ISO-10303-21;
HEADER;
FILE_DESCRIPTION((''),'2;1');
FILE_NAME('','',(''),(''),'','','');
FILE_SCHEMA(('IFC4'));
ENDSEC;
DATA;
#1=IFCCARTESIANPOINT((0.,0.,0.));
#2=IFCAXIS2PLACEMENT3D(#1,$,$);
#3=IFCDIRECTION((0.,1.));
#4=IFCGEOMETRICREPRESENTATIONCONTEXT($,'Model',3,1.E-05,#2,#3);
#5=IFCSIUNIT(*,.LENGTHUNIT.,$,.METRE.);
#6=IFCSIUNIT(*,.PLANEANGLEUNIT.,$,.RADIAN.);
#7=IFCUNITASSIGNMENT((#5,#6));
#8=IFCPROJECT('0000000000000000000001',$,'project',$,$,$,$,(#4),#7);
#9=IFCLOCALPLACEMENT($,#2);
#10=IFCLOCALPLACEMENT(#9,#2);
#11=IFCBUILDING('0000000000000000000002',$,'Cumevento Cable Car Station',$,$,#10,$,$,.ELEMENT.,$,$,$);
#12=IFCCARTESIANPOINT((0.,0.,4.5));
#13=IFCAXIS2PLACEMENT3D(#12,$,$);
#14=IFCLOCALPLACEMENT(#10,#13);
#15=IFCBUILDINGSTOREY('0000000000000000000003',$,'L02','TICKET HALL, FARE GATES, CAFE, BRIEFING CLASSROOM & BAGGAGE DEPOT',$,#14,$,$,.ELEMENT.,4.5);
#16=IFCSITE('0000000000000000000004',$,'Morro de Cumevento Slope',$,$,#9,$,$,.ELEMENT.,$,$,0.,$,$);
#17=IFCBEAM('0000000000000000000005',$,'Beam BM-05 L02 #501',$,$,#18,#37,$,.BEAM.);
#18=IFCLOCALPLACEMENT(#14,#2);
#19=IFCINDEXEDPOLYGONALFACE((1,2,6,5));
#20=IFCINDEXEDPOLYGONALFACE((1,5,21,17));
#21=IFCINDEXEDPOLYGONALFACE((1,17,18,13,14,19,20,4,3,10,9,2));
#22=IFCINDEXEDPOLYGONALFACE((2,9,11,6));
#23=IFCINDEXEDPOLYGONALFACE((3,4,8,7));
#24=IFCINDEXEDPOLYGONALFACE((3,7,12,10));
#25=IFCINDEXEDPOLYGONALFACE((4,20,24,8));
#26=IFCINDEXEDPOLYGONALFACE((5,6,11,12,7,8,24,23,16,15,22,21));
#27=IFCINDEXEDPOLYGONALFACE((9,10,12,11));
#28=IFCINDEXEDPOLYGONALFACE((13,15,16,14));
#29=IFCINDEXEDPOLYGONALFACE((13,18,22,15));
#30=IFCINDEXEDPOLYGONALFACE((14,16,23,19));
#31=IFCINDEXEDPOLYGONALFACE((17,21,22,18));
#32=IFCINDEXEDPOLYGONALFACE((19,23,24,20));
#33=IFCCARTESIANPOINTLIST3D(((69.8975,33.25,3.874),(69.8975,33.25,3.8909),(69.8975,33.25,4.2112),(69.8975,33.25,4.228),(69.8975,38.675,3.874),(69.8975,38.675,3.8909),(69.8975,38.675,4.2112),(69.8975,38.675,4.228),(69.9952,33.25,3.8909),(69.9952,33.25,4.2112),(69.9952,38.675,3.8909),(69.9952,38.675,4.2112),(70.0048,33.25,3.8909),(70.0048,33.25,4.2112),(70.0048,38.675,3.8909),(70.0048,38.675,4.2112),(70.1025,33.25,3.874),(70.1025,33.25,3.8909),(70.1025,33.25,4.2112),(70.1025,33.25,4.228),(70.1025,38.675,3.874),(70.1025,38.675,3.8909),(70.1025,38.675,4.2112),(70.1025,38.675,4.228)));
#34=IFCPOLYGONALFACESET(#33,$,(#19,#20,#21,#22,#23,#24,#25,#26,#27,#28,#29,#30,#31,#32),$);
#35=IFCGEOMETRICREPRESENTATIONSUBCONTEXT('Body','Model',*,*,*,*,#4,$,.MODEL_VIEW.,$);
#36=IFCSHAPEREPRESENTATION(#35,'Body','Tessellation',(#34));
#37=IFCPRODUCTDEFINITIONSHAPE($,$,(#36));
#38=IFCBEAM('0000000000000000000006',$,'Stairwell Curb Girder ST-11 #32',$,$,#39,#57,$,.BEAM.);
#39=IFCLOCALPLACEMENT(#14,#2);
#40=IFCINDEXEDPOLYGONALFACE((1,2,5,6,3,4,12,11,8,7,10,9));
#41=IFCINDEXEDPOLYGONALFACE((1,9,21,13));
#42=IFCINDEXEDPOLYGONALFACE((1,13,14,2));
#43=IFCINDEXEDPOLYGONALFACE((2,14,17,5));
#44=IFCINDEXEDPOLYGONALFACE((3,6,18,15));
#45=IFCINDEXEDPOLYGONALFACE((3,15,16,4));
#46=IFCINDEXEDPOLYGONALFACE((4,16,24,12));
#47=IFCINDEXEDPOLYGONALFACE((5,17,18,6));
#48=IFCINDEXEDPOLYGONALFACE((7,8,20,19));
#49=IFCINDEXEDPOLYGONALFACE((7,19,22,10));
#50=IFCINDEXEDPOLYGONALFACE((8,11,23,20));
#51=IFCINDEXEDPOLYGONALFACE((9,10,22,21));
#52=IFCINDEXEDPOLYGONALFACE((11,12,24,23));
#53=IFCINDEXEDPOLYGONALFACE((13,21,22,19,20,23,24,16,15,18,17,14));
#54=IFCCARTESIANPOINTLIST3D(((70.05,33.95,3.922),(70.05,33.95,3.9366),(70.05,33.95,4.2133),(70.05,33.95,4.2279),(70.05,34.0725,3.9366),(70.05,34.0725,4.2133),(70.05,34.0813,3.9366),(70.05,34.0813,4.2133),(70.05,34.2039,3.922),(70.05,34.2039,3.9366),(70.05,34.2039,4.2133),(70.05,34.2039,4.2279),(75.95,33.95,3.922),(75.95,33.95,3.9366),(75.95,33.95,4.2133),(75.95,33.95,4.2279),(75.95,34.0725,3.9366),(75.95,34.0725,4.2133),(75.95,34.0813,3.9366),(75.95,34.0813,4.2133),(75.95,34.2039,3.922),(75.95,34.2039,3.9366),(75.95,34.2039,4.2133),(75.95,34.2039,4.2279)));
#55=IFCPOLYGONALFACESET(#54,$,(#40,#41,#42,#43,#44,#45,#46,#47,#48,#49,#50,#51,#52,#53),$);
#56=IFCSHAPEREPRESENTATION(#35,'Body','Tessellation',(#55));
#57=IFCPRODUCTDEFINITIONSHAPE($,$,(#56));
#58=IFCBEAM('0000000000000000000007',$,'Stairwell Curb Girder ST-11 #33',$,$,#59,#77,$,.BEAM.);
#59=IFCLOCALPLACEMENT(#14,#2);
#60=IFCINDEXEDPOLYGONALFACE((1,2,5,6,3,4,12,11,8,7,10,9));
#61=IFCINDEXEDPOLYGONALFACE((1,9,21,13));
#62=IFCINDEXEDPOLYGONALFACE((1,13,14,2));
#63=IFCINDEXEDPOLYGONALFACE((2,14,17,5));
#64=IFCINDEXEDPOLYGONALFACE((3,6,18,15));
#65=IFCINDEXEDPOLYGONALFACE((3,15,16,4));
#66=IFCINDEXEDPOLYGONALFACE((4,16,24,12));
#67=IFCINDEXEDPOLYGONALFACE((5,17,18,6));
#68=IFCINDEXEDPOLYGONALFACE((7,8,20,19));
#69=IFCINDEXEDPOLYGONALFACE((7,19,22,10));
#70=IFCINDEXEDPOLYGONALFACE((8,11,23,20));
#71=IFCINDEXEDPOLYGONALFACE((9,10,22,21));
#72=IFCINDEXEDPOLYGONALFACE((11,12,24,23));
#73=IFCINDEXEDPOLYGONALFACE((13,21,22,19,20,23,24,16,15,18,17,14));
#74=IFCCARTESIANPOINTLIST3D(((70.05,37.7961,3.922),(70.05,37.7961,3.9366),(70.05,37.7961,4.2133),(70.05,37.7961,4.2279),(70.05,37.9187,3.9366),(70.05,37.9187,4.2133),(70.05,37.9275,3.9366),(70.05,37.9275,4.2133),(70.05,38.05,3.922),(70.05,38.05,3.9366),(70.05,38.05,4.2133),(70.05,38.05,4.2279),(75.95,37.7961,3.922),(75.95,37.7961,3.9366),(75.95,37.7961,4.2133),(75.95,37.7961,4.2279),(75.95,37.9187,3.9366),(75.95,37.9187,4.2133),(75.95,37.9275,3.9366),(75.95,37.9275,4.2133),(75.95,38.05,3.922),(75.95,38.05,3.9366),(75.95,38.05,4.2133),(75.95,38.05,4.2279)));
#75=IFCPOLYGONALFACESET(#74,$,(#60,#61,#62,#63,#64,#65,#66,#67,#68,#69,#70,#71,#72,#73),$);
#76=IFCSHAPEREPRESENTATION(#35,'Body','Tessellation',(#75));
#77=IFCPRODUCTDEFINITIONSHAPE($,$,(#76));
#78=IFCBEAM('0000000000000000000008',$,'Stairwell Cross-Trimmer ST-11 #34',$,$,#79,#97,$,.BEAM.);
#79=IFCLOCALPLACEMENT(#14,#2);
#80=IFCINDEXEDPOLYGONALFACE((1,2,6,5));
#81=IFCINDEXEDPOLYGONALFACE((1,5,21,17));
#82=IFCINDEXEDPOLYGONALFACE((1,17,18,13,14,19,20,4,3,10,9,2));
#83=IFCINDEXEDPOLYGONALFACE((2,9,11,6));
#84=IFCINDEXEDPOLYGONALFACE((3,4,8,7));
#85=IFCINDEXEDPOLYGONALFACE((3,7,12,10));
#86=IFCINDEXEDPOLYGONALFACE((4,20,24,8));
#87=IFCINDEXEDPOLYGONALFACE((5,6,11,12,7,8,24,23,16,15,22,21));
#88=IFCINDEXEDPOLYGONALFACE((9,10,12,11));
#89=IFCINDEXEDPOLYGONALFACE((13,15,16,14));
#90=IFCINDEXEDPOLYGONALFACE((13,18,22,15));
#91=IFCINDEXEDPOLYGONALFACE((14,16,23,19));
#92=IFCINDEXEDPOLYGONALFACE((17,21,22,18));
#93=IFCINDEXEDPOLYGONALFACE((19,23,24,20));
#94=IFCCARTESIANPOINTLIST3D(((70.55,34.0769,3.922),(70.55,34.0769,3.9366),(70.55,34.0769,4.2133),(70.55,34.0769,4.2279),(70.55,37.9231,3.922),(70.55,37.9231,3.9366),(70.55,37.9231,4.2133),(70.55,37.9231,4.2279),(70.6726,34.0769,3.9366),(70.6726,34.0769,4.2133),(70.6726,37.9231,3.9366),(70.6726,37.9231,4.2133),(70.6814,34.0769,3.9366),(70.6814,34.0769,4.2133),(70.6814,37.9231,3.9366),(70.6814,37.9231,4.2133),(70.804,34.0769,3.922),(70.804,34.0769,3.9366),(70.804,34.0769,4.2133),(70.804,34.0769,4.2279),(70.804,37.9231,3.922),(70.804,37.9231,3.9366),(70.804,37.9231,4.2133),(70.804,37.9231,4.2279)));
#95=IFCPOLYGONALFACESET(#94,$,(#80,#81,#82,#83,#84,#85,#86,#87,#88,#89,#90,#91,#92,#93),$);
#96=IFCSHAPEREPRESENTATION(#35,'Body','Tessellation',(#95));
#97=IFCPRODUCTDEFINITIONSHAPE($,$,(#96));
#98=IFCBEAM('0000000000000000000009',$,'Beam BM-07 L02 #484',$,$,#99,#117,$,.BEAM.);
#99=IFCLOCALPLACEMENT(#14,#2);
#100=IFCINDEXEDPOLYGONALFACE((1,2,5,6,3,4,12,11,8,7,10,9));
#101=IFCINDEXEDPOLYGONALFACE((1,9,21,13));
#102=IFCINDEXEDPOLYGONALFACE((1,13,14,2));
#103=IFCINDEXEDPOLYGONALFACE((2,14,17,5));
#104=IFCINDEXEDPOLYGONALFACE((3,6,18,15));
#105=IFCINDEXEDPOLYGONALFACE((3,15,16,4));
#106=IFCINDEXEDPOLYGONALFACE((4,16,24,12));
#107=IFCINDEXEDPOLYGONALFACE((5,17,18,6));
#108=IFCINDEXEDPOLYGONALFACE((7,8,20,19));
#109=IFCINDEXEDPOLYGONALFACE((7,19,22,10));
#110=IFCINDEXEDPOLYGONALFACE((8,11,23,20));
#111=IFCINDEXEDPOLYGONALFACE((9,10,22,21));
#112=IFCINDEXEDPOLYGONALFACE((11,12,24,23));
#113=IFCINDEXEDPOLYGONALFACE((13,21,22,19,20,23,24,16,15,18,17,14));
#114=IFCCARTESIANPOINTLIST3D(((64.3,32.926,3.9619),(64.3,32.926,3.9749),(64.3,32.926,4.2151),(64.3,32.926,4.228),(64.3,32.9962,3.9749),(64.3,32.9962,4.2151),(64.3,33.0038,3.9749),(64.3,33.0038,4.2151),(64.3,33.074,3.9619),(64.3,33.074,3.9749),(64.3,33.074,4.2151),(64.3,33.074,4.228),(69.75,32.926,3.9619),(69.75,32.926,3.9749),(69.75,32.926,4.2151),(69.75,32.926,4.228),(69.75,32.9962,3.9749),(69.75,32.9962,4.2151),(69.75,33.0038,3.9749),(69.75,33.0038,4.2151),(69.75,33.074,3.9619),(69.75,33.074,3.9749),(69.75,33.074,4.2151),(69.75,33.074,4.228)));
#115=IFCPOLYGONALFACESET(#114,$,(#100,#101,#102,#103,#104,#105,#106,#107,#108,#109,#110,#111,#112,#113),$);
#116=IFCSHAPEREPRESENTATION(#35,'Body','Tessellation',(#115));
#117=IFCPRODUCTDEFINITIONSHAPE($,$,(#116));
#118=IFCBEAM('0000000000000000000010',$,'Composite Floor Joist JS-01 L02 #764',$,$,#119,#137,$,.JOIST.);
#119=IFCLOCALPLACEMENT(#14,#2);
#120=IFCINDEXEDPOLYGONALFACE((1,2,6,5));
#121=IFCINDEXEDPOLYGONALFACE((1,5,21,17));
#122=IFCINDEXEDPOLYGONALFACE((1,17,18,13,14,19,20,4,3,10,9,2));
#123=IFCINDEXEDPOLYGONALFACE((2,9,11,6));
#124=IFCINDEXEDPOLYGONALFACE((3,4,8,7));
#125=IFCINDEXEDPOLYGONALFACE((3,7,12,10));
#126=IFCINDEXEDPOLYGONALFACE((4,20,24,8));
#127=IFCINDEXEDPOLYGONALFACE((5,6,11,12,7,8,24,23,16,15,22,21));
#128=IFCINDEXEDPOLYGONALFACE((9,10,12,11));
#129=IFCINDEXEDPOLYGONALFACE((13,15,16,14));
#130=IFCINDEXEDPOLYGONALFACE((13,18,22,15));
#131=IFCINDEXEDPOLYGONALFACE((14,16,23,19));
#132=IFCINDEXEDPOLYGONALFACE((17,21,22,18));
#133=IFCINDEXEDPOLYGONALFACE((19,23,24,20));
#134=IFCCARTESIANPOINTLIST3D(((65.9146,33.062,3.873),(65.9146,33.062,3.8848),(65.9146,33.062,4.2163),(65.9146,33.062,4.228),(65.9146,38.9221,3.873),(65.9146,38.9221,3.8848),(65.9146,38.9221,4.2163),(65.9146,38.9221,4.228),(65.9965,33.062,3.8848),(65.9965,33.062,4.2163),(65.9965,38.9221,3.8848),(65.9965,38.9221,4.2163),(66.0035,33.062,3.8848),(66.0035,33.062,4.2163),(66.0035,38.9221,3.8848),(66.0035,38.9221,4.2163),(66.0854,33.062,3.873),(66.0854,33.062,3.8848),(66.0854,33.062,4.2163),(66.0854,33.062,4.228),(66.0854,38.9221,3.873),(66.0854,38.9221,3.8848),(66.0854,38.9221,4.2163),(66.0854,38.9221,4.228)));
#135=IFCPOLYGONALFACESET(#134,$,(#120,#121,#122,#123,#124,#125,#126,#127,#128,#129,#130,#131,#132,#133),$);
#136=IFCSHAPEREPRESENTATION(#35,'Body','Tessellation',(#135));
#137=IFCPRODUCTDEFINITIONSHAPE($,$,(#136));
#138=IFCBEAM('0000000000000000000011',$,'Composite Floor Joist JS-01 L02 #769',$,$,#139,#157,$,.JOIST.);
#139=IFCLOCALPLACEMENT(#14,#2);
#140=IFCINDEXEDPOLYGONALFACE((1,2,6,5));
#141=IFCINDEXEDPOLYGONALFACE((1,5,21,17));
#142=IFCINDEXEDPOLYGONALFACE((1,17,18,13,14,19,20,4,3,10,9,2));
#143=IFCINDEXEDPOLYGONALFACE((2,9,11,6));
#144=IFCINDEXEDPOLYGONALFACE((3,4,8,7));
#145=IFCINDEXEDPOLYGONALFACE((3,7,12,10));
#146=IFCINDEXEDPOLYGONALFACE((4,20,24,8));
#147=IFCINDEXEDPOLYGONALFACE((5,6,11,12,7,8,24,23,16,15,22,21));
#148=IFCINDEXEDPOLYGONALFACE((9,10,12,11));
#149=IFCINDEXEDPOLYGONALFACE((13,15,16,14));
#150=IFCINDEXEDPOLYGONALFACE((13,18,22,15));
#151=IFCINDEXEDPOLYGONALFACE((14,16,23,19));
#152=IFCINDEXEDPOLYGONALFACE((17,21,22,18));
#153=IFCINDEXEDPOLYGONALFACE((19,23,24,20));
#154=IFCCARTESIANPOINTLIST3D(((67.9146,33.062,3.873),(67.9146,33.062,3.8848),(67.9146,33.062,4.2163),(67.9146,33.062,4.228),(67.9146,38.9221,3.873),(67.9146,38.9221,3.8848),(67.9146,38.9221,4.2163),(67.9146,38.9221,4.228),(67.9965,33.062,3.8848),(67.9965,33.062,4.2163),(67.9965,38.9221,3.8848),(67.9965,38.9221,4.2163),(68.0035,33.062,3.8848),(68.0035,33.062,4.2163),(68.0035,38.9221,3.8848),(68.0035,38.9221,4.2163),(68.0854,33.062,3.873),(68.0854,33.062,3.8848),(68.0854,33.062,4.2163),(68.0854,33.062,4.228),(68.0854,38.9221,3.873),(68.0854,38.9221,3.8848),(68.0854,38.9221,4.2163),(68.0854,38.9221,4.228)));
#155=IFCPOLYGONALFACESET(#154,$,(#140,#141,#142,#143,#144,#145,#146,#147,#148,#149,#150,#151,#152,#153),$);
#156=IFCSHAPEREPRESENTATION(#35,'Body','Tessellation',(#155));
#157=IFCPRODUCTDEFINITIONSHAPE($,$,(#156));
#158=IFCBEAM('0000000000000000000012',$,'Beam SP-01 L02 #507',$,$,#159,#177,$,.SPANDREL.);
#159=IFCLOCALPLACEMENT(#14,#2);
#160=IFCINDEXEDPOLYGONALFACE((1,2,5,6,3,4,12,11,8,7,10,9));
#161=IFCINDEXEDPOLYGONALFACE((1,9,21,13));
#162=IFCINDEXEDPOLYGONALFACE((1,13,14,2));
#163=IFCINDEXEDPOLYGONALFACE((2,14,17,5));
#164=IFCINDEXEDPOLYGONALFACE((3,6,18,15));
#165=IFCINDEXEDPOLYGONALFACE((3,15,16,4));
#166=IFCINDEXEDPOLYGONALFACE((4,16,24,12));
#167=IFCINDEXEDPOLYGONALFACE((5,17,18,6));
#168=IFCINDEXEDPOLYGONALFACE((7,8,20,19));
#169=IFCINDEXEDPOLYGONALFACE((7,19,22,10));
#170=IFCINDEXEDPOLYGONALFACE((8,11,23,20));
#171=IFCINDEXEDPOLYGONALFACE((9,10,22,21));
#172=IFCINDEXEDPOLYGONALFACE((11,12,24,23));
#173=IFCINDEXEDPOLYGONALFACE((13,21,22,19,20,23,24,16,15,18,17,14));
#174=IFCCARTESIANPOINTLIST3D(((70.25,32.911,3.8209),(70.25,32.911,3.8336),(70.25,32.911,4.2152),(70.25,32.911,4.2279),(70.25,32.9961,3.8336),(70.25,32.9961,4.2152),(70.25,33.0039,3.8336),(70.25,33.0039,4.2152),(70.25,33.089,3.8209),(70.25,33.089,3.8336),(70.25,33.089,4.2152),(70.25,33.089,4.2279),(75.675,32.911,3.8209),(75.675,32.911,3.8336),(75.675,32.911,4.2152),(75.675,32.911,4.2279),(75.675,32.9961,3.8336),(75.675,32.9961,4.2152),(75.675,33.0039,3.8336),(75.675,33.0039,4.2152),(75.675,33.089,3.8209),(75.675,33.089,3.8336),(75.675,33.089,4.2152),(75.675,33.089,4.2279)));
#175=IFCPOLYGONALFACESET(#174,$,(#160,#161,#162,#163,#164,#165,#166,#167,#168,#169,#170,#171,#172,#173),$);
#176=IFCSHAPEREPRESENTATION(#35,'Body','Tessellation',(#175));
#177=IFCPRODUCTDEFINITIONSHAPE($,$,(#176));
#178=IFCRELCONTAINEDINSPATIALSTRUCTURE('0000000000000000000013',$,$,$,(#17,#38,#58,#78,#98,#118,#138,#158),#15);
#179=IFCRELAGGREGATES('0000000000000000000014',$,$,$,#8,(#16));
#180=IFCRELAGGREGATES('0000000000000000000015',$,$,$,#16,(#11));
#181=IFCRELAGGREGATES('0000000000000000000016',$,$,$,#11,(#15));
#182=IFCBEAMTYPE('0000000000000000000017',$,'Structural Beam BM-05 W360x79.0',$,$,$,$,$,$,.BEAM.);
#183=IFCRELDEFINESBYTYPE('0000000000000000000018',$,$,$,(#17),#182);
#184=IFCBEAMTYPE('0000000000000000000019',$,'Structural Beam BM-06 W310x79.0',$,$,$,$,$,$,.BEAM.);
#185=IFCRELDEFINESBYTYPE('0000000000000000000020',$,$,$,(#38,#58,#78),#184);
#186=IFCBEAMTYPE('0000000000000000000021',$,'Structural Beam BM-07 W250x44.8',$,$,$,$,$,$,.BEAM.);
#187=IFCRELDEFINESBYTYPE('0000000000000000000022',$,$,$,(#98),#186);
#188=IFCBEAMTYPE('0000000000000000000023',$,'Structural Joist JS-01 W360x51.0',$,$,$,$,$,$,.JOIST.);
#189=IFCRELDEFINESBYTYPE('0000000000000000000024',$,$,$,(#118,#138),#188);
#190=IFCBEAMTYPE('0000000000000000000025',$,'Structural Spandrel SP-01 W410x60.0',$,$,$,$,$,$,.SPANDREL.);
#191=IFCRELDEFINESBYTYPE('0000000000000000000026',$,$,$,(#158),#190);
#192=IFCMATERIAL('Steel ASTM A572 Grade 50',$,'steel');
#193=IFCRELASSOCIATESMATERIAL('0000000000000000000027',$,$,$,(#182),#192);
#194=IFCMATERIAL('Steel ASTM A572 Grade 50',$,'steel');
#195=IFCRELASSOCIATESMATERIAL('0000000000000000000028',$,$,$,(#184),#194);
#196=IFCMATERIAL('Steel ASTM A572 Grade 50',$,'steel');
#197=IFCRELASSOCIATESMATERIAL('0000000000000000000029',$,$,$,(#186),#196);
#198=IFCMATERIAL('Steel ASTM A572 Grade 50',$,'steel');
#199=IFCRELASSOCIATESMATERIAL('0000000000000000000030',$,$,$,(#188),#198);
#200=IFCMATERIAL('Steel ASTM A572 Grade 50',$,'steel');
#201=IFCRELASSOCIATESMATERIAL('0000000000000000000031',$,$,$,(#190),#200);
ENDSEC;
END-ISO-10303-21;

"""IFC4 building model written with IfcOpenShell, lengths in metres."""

from ifc_helpers import new_model, si_unit, direction, frame, origin, origin_2d, place, context, subcontext, project, spatial, i_section, extrude, material, material_profile, profile_set, type_object, element, save


model = new_model("IFC4")

# Units and contexts
model_context = context("Model", 3, precision=1e-05, world=origin(), true_north=direction((0.0, 1.0)))
body_context = subcontext(model_context, "Body", "Model", "MODEL_VIEW")
ifc_project = project(units=[si_unit("LENGTHUNIT", "METRE"), si_unit("PLANEANGLEUNIT", "RADIAN")], contexts=[model_context])

# Site, building, storey
site_placement = place(None, origin())
site = spatial("IfcSite", under=ifc_project, at=site_placement, Name="Morro de Cumevento Slope", CompositionType="ELEMENT", RefElevation=0.0)
building_placement = place(site_placement, origin())
building = spatial("IfcBuilding", under=site, at=building_placement, Name="Cumevento Cable Car Station", CompositionType="ELEMENT")
storey_placement = place(building_placement, frame((0.0, 0.0, 4.5)))
storey = spatial("IfcBuildingStorey", under=building, at=storey_placement, Name="L02", Description="TICKET HALL, FARE GATES, CAFE, BRIEFING CLASSROOM & BAGGAGE DEPOT", CompositionType="ELEMENT", Elevation=4.5)

# Beams
ifc_material_1 = material(Name="Steel ASTM A572 Grade 50", Category="steel")
ifc_material_profile_1 = material_profile(ifc_material_1, i_section(OverallWidth=0.2051, OverallDepth=0.354, WebThickness=0.0095, FlangeThickness=0.0168, at=origin_2d()), Name="W360x79.0")
ifc_profile_set_1 = profile_set([ifc_material_profile_1], Name="Steel ASTM A572 Grade 50")
beam_type_1 = type_object("IfcBeamType", Name="Structural Beam BM-05 W360x79.0", PredefinedType="BEAM", material=ifc_profile_set_1)
beam_1_placement = place(storey_placement, frame((70.0, 33.25, 4.051), z_axis=(0.0, 1.0, 0.0), x_axis=(-1.0, 0.0, 0.0)))
element("IfcBeam", 1, at=beam_1_placement, inside=storey, type_object=beam_type_1, Name="Beam BM-05 L02 #501", PredefinedType="BEAM", context=body_context, shape_type="SweptSolid", body=[
    extrude(i_section(OverallWidth=0.2051, OverallDepth=0.354, WebThickness=0.0095, FlangeThickness=0.0168, at=origin_2d()), origin(), (0.0, 0.0, 1.0), 5.425),
])
ifc_material_2 = material(Name="Steel ASTM A572 Grade 50", Category="steel")
ifc_material_profile_2 = material_profile(ifc_material_2, i_section(OverallWidth=0.2539, OverallDepth=0.3059, WebThickness=0.0088, FlangeThickness=0.0146, at=origin_2d()), Name="W310x79.0")
ifc_profile_set_2 = profile_set([ifc_material_profile_2], Name="Steel ASTM A572 Grade 50")
beam_type_2 = type_object("IfcBeamType", Name="Structural Beam BM-06 W310x79.0", PredefinedType="BEAM", material=ifc_profile_set_2)
for number, where, z_axis, x_axis, name in (
    (2, (70.05, 34.0769, 4.075), (1.0, 0.0, 0.0), (0.0, 1.0, 0.0), "Stairwell Curb Girder ST-11 #32"),
    (3, (70.05, 37.9231, 4.075), (1.0, 0.0, 0.0), (0.0, 1.0, 0.0), "Stairwell Curb Girder ST-11 #33"),
):
    element("IfcBeam", number, at=place(storey_placement, frame(where, z_axis=z_axis, x_axis=x_axis)), inside=storey, type_object=beam_type_2, Name=name, PredefinedType="BEAM", context=body_context, shape_type="SweptSolid", body=[
        extrude(i_section(OverallWidth=0.2539, OverallDepth=0.3059, WebThickness=0.0088, FlangeThickness=0.0146, at=origin_2d()), origin(), (0.0, 0.0, 1.0), 5.8999),
    ])
beam_2_placement = place(storey_placement, frame((70.677, 34.0769, 4.075), z_axis=(0.0, 1.0, 0.0), x_axis=(-1.0, 0.0, 0.0)))
element("IfcBeam", 4, at=beam_2_placement, inside=storey, type_object=beam_type_2, Name="Stairwell Cross-Trimmer ST-11 #34", PredefinedType="BEAM", context=body_context, shape_type="SweptSolid", body=[
    extrude(i_section(OverallWidth=0.2539, OverallDepth=0.3059, WebThickness=0.0088, FlangeThickness=0.0146, at=origin_2d()), origin(), (0.0, 0.0, 1.0), 3.8462),
])
ifc_material_3 = material(Name="Steel ASTM A572 Grade 50", Category="steel")
ifc_material_profile_3 = material_profile(ifc_material_3, i_section(OverallWidth=0.1479, OverallDepth=0.2661, WebThickness=0.0076, FlangeThickness=0.0129, at=origin_2d()), Name="W250x44.8")
ifc_profile_set_3 = profile_set([ifc_material_profile_3], Name="Steel ASTM A572 Grade 50")
beam_type_3 = type_object("IfcBeamType", Name="Structural Beam BM-07 W250x44.8", PredefinedType="BEAM", material=ifc_profile_set_3)
beam_3_placement = place(storey_placement, frame((64.3, 33.0, 4.095), z_axis=(1.0, 0.0, 0.0), x_axis=(0.0, 1.0, 0.0)))
element("IfcBeam", 5, at=beam_3_placement, inside=storey, type_object=beam_type_3, Name="Beam BM-07 L02 #484", PredefinedType="BEAM", context=body_context, shape_type="SweptSolid", body=[
    extrude(i_section(OverallWidth=0.1479, OverallDepth=0.2661, WebThickness=0.0076, FlangeThickness=0.0129, at=origin_2d()), origin(), (0.0, 0.0, 1.0), 5.45),
])
ifc_material_4 = material(Name="Steel ASTM A572 Grade 50", Category="steel")
ifc_material_profile_4 = material_profile(ifc_material_4, i_section(OverallWidth=0.1709, OverallDepth=0.355, WebThickness=0.0071, FlangeThickness=0.0117, at=origin_2d()), Name="W360x51.0")
ifc_profile_set_4 = profile_set([ifc_material_profile_4], Name="Steel ASTM A572 Grade 50")
beam_type_4 = type_object("IfcBeamType", Name="Structural Joist JS-01 W360x51.0", PredefinedType="JOIST", material=ifc_profile_set_4)
for number, where, z_axis, x_axis, name in (
    (6, (66.0, 33.062, 4.0505), (0.0, 1.0, 0.0), (-1.0, 0.0, 0.0), "Composite Floor Joist JS-01 L02 #764"),
    (7, (68.0, 33.062, 4.0505), (0.0, 1.0, 0.0), (-1.0, 0.0, 0.0), "Composite Floor Joist JS-01 L02 #769"),
):
    element("IfcBeam", number, at=place(storey_placement, frame(where, z_axis=z_axis, x_axis=x_axis)), inside=storey, type_object=beam_type_4, Name=name, PredefinedType="JOIST", context=body_context, shape_type="SweptSolid", body=[
        extrude(i_section(OverallWidth=0.1709, OverallDepth=0.355, WebThickness=0.0071, FlangeThickness=0.0117, at=origin_2d()), origin(), (0.0, 0.0, 1.0), 5.8601),
    ])
ifc_material_5 = material(Name="Steel ASTM A572 Grade 50", Category="steel")
ifc_material_profile_5 = material_profile(ifc_material_5, i_section(OverallWidth=0.178, OverallDepth=0.407, WebThickness=0.0078, FlangeThickness=0.0127, at=origin_2d()), Name="W410x60.0")
ifc_profile_set_5 = profile_set([ifc_material_profile_5], Name="Steel ASTM A572 Grade 50")
beam_type_5 = type_object("IfcBeamType", Name="Structural Spandrel SP-01 W410x60.0", PredefinedType="SPANDREL", material=ifc_profile_set_5)
beam_4_placement = place(storey_placement, frame((70.25, 33.0, 4.0244), z_axis=(1.0, 0.0, 0.0), x_axis=(0.0, 1.0, 0.0)))
element("IfcBeam", 8, at=beam_4_placement, inside=storey, type_object=beam_type_5, Name="Beam SP-01 L02 #507", PredefinedType="SPANDREL", context=body_context, shape_type="SweptSolid", body=[
    extrude(i_section(OverallWidth=0.178, OverallDepth=0.407, WebThickness=0.0078, FlangeThickness=0.0127, at=origin_2d()), origin(), (0.0, 0.0, 1.0), 5.425),
])

save(model, "model.ifc")
